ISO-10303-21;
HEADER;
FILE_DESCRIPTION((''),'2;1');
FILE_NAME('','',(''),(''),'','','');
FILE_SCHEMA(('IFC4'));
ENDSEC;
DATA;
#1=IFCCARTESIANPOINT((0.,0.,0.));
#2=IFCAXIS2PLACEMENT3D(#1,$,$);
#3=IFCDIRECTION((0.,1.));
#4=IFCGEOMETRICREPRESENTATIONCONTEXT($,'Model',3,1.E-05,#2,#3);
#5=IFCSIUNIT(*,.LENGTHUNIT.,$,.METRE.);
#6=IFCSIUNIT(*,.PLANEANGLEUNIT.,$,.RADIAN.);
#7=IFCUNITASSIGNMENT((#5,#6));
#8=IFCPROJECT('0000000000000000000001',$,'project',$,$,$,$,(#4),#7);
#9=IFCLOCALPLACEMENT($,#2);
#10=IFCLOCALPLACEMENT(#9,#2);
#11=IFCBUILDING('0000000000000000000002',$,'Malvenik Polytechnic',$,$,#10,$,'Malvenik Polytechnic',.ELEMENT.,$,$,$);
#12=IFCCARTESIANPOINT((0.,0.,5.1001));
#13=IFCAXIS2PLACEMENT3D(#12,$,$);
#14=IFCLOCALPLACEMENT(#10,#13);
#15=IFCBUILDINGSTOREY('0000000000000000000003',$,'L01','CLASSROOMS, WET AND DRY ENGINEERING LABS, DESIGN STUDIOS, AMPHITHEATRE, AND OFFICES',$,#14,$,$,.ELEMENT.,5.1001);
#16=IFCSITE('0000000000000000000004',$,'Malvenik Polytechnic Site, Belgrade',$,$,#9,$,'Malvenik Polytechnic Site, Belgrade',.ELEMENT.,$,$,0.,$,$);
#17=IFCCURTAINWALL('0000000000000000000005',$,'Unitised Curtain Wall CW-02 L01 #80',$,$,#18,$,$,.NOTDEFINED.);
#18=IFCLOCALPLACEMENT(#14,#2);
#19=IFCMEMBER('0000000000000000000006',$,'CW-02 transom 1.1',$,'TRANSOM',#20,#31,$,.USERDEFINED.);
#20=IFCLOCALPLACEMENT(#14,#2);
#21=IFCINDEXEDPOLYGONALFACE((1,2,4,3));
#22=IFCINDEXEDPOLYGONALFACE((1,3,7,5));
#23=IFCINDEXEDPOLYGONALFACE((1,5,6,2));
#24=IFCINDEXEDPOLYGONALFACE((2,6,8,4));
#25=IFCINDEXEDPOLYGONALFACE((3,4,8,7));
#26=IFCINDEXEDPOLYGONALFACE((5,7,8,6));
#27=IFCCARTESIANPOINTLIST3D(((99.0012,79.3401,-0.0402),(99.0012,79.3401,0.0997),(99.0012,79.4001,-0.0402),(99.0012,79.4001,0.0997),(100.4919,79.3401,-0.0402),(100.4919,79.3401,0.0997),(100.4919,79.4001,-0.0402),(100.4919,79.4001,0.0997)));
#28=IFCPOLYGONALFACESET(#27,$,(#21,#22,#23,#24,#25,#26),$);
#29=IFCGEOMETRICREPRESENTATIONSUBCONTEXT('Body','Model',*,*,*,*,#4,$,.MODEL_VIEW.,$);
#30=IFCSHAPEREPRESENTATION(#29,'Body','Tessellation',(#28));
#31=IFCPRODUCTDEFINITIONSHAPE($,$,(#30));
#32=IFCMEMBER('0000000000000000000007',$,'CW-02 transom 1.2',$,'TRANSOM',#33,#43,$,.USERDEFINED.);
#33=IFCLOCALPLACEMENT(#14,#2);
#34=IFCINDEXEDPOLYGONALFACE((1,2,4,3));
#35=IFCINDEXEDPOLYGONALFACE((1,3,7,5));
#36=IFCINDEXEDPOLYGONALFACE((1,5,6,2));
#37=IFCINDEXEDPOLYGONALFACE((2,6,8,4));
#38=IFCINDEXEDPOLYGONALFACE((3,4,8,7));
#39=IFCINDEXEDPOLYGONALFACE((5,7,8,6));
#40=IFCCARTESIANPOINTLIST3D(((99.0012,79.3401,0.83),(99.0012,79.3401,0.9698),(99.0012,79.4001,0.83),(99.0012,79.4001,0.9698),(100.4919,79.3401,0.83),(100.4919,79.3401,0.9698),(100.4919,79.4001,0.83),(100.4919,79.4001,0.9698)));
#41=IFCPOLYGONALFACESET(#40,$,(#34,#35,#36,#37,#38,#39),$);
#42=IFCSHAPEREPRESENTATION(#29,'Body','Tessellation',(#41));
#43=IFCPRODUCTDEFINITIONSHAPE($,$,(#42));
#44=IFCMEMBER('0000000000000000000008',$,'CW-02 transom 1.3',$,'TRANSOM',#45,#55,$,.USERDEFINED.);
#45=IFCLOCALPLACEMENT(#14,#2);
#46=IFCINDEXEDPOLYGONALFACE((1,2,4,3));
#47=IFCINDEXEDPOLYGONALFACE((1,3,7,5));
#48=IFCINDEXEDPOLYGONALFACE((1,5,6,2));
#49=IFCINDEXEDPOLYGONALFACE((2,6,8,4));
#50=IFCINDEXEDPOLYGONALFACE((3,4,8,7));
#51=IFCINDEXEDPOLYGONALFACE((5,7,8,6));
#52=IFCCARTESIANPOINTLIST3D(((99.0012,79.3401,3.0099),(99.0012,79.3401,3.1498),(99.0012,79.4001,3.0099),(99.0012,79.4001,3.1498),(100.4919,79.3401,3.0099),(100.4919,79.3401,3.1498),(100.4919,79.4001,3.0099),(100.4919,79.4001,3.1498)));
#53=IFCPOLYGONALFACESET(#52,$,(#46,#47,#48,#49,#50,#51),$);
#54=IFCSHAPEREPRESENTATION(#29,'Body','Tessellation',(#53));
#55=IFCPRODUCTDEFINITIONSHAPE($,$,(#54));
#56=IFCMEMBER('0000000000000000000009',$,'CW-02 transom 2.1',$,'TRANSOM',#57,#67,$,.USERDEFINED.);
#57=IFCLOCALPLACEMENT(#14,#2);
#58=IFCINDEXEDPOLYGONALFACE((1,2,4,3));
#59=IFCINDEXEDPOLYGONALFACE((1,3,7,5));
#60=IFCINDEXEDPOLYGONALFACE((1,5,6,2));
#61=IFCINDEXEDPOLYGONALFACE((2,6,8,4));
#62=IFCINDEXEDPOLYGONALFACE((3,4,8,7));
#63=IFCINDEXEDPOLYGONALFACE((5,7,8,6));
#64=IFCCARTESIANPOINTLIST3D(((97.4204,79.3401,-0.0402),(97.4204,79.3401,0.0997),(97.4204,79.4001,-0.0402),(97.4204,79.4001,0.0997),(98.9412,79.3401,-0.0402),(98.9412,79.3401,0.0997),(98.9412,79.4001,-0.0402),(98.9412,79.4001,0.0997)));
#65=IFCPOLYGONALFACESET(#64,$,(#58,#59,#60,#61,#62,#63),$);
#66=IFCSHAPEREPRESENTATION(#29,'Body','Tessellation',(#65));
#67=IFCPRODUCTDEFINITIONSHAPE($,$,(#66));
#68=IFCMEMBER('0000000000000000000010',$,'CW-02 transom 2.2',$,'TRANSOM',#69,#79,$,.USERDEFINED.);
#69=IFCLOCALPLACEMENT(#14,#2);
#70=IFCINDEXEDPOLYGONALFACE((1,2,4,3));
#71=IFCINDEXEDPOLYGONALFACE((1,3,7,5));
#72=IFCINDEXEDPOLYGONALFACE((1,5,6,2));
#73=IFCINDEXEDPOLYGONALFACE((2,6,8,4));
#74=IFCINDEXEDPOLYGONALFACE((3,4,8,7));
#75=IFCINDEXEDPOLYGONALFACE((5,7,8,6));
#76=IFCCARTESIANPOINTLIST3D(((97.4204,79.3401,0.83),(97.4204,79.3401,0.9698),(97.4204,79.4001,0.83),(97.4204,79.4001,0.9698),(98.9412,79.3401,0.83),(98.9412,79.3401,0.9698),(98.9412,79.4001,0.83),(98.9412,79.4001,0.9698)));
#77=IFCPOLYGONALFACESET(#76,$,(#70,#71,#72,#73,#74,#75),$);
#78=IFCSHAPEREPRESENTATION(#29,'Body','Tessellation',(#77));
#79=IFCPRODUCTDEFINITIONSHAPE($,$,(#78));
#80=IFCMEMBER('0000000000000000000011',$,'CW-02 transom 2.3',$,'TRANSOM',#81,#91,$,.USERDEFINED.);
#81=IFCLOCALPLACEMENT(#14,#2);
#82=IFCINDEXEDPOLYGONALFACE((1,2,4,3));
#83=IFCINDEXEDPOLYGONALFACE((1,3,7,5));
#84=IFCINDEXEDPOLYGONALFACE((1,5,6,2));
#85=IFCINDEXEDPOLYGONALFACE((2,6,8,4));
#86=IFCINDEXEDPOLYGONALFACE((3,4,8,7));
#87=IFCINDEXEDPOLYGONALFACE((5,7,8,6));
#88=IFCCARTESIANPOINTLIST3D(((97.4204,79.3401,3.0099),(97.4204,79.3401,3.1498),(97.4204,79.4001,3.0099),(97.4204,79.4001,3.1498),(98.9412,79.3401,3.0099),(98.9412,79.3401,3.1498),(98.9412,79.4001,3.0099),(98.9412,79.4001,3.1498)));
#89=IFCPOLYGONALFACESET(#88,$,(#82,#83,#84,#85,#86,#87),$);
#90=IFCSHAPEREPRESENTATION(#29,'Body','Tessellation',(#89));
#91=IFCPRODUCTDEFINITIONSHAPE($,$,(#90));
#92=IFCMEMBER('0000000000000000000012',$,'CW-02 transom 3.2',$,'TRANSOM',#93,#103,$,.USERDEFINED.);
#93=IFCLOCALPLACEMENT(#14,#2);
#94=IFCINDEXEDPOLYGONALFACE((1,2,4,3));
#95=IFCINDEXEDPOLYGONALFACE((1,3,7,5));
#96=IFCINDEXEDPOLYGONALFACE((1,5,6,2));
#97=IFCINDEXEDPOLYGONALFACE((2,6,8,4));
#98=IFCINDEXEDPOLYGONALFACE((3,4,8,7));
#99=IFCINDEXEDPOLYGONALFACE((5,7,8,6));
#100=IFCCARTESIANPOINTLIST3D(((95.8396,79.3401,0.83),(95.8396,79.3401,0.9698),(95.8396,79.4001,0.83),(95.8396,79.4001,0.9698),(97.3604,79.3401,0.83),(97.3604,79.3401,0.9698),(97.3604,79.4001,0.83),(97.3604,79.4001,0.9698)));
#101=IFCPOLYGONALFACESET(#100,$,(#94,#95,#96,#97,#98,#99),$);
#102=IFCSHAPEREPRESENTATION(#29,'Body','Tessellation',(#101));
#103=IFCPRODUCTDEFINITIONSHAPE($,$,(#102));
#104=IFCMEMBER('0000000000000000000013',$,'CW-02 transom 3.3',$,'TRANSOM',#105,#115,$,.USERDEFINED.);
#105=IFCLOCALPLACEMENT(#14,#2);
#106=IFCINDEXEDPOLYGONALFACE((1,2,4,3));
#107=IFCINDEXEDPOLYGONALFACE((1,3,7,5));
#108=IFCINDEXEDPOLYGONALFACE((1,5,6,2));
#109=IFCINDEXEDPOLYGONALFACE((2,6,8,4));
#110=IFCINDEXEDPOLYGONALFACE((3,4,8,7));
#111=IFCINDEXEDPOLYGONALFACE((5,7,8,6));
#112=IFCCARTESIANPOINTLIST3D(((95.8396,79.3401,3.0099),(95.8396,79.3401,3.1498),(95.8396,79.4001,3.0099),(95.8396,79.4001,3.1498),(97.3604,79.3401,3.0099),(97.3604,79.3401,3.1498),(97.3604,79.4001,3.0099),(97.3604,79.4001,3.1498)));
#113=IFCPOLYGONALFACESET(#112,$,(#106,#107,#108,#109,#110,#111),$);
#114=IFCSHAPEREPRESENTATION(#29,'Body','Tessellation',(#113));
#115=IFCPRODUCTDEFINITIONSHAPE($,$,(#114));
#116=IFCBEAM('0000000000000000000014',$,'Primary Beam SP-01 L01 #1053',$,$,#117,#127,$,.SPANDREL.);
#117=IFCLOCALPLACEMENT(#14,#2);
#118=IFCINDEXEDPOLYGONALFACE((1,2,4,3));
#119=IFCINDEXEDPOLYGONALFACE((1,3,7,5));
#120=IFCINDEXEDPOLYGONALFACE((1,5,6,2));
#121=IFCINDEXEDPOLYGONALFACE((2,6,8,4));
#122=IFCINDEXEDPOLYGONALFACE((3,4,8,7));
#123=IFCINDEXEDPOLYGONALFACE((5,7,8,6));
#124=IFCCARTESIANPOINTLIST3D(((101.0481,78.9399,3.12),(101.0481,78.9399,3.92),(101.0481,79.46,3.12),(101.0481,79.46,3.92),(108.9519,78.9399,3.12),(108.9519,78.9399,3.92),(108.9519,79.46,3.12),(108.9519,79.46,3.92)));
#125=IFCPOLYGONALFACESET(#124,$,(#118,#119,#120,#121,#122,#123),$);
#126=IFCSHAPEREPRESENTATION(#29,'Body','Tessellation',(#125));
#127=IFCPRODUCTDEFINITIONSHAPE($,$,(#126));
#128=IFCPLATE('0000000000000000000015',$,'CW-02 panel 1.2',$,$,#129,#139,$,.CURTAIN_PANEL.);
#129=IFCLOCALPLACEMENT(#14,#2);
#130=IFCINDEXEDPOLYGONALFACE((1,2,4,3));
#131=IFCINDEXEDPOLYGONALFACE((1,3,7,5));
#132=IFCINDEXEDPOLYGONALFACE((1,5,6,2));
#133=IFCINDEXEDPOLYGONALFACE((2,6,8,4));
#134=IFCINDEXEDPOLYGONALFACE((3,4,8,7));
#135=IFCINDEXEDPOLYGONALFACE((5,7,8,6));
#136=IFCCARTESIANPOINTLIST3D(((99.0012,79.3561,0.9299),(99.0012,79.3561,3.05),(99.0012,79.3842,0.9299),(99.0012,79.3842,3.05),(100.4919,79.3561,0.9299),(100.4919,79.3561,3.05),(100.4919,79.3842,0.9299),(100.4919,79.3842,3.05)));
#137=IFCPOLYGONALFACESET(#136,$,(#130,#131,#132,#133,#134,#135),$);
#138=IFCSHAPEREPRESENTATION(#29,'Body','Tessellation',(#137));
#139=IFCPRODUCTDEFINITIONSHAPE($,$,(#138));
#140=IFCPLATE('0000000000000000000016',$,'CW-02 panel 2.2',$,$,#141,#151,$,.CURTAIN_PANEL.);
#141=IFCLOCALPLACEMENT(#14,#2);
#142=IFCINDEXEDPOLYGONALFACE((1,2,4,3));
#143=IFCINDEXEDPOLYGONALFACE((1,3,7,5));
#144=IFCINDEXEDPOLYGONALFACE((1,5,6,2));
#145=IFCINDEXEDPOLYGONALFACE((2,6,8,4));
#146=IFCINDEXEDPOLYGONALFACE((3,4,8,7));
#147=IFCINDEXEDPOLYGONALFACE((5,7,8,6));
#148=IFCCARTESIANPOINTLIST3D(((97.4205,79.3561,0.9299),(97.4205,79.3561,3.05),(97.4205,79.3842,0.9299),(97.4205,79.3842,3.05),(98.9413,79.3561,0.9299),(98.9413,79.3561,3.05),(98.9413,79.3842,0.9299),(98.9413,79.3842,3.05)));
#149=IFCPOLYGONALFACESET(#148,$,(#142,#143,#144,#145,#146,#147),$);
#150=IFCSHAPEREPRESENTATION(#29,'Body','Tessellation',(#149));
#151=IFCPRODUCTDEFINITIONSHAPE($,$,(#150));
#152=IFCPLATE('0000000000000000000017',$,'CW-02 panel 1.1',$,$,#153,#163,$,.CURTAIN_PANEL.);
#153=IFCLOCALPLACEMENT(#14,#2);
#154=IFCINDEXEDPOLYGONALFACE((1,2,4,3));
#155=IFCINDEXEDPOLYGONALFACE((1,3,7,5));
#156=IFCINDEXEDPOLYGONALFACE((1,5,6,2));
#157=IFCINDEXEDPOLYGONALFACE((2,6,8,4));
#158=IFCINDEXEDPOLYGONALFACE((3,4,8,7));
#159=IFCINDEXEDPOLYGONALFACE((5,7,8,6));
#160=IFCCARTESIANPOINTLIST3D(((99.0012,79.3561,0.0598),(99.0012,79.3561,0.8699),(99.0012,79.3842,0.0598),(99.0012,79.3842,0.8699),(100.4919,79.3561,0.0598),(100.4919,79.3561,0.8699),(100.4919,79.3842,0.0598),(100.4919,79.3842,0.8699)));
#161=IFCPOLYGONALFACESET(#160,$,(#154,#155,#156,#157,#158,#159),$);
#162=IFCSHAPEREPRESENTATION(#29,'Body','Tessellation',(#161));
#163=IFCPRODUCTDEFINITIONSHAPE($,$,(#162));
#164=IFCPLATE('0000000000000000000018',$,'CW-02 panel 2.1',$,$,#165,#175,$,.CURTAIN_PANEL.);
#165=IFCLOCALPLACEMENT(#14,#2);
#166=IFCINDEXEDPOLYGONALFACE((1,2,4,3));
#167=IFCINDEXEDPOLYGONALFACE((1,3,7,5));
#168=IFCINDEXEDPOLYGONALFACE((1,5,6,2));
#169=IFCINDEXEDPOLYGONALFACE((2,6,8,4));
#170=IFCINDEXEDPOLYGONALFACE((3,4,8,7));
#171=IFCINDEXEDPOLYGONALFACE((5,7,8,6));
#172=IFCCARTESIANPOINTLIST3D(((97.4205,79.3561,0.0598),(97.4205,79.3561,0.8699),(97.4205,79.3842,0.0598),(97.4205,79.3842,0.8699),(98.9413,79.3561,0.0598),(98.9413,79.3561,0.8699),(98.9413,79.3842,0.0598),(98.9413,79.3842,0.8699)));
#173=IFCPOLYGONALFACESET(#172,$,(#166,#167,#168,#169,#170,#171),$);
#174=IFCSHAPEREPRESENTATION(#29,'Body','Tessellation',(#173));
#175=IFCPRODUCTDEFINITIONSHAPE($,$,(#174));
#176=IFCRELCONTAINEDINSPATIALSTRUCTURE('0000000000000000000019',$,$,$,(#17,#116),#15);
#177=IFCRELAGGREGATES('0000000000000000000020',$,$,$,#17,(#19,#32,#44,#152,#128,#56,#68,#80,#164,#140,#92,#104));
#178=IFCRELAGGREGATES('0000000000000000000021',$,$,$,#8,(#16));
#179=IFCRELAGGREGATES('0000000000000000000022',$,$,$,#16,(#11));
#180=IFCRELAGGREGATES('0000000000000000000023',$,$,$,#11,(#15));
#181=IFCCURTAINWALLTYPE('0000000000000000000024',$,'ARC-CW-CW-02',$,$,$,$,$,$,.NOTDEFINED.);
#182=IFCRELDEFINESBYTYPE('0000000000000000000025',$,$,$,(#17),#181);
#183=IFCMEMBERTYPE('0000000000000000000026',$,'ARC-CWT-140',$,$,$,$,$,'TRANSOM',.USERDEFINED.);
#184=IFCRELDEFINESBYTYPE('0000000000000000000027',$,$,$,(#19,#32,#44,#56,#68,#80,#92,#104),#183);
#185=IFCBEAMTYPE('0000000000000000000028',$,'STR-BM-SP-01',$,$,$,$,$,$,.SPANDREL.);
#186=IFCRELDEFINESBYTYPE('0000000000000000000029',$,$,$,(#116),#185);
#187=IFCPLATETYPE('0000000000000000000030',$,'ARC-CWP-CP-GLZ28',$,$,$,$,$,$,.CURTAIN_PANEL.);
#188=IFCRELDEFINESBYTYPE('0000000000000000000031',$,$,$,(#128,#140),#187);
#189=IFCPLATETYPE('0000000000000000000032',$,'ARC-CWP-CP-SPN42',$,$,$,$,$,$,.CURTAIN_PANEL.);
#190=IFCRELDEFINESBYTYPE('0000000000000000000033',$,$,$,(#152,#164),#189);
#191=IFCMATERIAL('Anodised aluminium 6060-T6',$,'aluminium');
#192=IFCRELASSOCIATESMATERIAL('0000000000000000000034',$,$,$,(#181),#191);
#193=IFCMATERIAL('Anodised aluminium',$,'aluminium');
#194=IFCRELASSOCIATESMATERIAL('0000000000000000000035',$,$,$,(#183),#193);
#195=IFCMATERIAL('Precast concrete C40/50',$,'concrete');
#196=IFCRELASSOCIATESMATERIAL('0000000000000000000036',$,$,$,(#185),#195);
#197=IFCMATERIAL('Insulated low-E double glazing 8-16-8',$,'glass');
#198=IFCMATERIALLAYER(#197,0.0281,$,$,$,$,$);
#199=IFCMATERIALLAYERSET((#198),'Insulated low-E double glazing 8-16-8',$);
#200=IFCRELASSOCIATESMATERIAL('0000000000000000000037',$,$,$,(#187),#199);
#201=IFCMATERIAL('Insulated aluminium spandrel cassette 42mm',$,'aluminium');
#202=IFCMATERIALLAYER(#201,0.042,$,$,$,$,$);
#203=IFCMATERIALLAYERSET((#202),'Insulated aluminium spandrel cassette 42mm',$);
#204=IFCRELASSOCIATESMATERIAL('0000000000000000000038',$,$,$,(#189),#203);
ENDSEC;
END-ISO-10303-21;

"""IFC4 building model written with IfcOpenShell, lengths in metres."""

from ifc_helpers import new_model, si_unit, direction, frame, origin, origin_2d, place, context, subcontext, project, spatial, rectangle, extrude, material, layer, layer_set, material_profile, profile_set, type_object, element, aggregate, save


model = new_model("IFC4")

# Units and contexts
model_context = context("Model", 3, precision=1e-05, world=origin(), true_north=direction((0.0, 1.0)))
body_context = subcontext(model_context, "Body", "Model", "MODEL_VIEW")
ifc_project = project(units=[si_unit("LENGTHUNIT", "METRE"), si_unit("PLANEANGLEUNIT", "RADIAN")], contexts=[model_context])

# Site, building, storey
site_placement = place(None, origin())
site = spatial("IfcSite", under=ifc_project, at=site_placement, Name="Malvenik Polytechnic Site, Belgrade", LongName="Malvenik Polytechnic Site, Belgrade", CompositionType="ELEMENT", RefElevation=0.0)
building_placement = place(site_placement, origin())
building = spatial("IfcBuilding", under=site, at=building_placement, Name="Malvenik Polytechnic", LongName="Malvenik Polytechnic", CompositionType="ELEMENT")
storey_placement = place(building_placement, frame((0.0, 0.0, 5.1001)))
storey = spatial("IfcBuildingStorey", under=building, at=storey_placement, Name="L01", Description="CLASSROOMS, WET AND DRY ENGINEERING LABS, DESIGN STUDIOS, AMPHITHEATRE, AND OFFICES", CompositionType="ELEMENT", Elevation=5.1001)

# Curtain wall, members
ifc_material_1 = material(Name="Anodised aluminium 6060-T6", Category="aluminium")
curtain_wall_type = type_object("IfcCurtainWallType", Name="ARC-CW-CW-02", PredefinedType="NOTDEFINED", material=ifc_material_1)
curtain_wall_placement = place(storey_placement, origin())
curtain_wall = element("IfcCurtainWall", 1, at=curtain_wall_placement, inside=storey, type_object=curtain_wall_type, Name="Unitised Curtain Wall CW-02 L01 #80", PredefinedType="NOTDEFINED")
ifc_material_2 = material(Name="Anodised aluminium", Category="aluminium")
ifc_material_profile_1 = material_profile(ifc_material_2, rectangle(XDim=0.0601, YDim=0.1399, at=origin_2d()), Name="ALU TRANSOM 60x140")
ifc_profile_set_1 = profile_set([ifc_material_profile_1], Name="Anodised aluminium")
member_type_1 = type_object("IfcMemberType", Name="ARC-CWT-140", ElementType="TRANSOM", PredefinedType="USERDEFINED", material=ifc_profile_set_1)
member_1_placement = place(storey_placement, frame((100.4919, 79.3701, 0.0298), z_axis=(-1.0, 0.0, 0.0), x_axis=(0.0, -1.0, 0.0)))
member_1 = element("IfcMember", 2, at=member_1_placement, type_object=member_type_1, Name="CW-02 transom 1.1", ObjectType="TRANSOM", PredefinedType="USERDEFINED", context=body_context, shape_type="SweptSolid", body=[
    extrude(rectangle(XDim=0.0601, YDim=0.1399, at=origin_2d()), origin(), (0.0, 0.0, 1.0), 1.4907),
])
member_2_placement = place(storey_placement, frame((100.4919, 79.3701, 0.8999), z_axis=(-1.0, 0.0, 0.0), x_axis=(0.0, -1.0, 0.0)))
member_2 = element("IfcMember", 3, at=member_2_placement, type_object=member_type_1, Name="CW-02 transom 1.2", ObjectType="TRANSOM", PredefinedType="USERDEFINED", context=body_context, shape_type="SweptSolid", body=[
    extrude(rectangle(XDim=0.0601, YDim=0.1399, at=origin_2d()), origin(), (0.0, 0.0, 1.0), 1.4907),
])
member_3_placement = place(storey_placement, frame((100.4919, 79.3701, 3.0798), z_axis=(-1.0, 0.0, 0.0), x_axis=(0.0, -1.0, 0.0)))
member_3 = element("IfcMember", 4, at=member_3_placement, type_object=member_type_1, Name="CW-02 transom 1.3", ObjectType="TRANSOM", PredefinedType="USERDEFINED", context=body_context, shape_type="SweptSolid", body=[
    extrude(rectangle(XDim=0.0601, YDim=0.1399, at=origin_2d()), origin(), (0.0, 0.0, 1.0), 1.4907),
])
member_4_placement = place(storey_placement, frame((98.9412, 79.3701, 0.0298), z_axis=(-1.0, 0.0, 0.0), x_axis=(0.0, -1.0, 0.0)))
member_4 = element("IfcMember", 5, at=member_4_placement, type_object=member_type_1, Name="CW-02 transom 2.1", ObjectType="TRANSOM", PredefinedType="USERDEFINED", context=body_context, shape_type="SweptSolid", body=[
    extrude(rectangle(XDim=0.0601, YDim=0.1399, at=origin_2d()), origin(), (0.0, 0.0, 1.0), 1.5208),
])
member_5_placement = place(storey_placement, frame((98.9412, 79.3701, 0.8999), z_axis=(-1.0, 0.0, 0.0), x_axis=(0.0, -1.0, 0.0)))
member_5 = element("IfcMember", 6, at=member_5_placement, type_object=member_type_1, Name="CW-02 transom 2.2", ObjectType="TRANSOM", PredefinedType="USERDEFINED", context=body_context, shape_type="SweptSolid", body=[
    extrude(rectangle(XDim=0.0601, YDim=0.1399, at=origin_2d()), origin(), (0.0, 0.0, 1.0), 1.5208),
])
member_6_placement = place(storey_placement, frame((98.9412, 79.3701, 3.0798), z_axis=(-1.0, 0.0, 0.0), x_axis=(0.0, -1.0, 0.0)))
member_6 = element("IfcMember", 7, at=member_6_placement, type_object=member_type_1, Name="CW-02 transom 2.3", ObjectType="TRANSOM", PredefinedType="USERDEFINED", context=body_context, shape_type="SweptSolid", body=[
    extrude(rectangle(XDim=0.0601, YDim=0.1399, at=origin_2d()), origin(), (0.0, 0.0, 1.0), 1.5208),
])
member_7_placement = place(storey_placement, frame((97.3604, 79.3701, 0.8999), z_axis=(-1.0, 0.0, 0.0), x_axis=(0.0, -1.0, 0.0)))
member_7 = element("IfcMember", 8, at=member_7_placement, type_object=member_type_1, Name="CW-02 transom 3.2", ObjectType="TRANSOM", PredefinedType="USERDEFINED", context=body_context, shape_type="SweptSolid", body=[
    extrude(rectangle(XDim=0.0601, YDim=0.1399, at=origin_2d()), origin(), (0.0, 0.0, 1.0), 1.5208),
])
member_8_placement = place(storey_placement, frame((97.3604, 79.3701, 3.0798), z_axis=(-1.0, 0.0, 0.0), x_axis=(0.0, -1.0, 0.0)))
member_8 = element("IfcMember", 9, at=member_8_placement, type_object=member_type_1, Name="CW-02 transom 3.3", ObjectType="TRANSOM", PredefinedType="USERDEFINED", context=body_context, shape_type="SweptSolid", body=[
    extrude(rectangle(XDim=0.0601, YDim=0.1399, at=origin_2d()), origin(), (0.0, 0.0, 1.0), 1.5208),
])

# Beam
ifc_material_3 = material(Name="Precast concrete C40/50", Category="concrete")
ifc_material_profile_2 = material_profile(ifc_material_3, rectangle(XDim=0.52, YDim=0.8, at=origin_2d()), Name="PC SPN 520x800")
ifc_profile_set_2 = profile_set([ifc_material_profile_2], Name="Precast concrete C40/50")
beam_type = type_object("IfcBeamType", Name="STR-BM-SP-01", PredefinedType="SPANDREL", material=ifc_profile_set_2)
beam_placement = place(storey_placement, frame((101.0481, 79.2, 3.52), z_axis=(1.0, 0.0, 0.0), x_axis=(0.0, 1.0, 0.0)))
element("IfcBeam", 10, at=beam_placement, inside=storey, type_object=beam_type, Name="Primary Beam SP-01 L01 #1053", PredefinedType="SPANDREL", context=body_context, shape_type="SweptSolid", body=[
    extrude(rectangle(XDim=0.52, YDim=0.8, at=origin_2d()), origin(), (0.0, 0.0, 1.0), 7.9038),
])

# Plates
ifc_material_4 = material(Name="Insulated low-E double glazing 8-16-8", Category="glass")
ifc_layer_1 = layer(ifc_material_4, 0.0281)
ifc_layer_set_1 = layer_set([ifc_layer_1], Name="Insulated low-E double glazing 8-16-8")
plate_type_1 = type_object("IfcPlateType", Name="ARC-CWP-CP-GLZ28", PredefinedType="CURTAIN_PANEL", material=ifc_layer_set_1)
plate_1_placement = place(storey_placement, frame((99.7466, 79.3701, 0.9299), z_axis=(0.0, 0.0, 1.0), x_axis=(-1.0, 0.0, 0.0)))
plate_1 = element("IfcPlate", 11, at=plate_1_placement, type_object=plate_type_1, Name="CW-02 panel 1.2", PredefinedType="CURTAIN_PANEL", context=body_context, shape_type="SweptSolid", body=[
    extrude(rectangle(XDim=1.4907, YDim=0.0281, at=origin_2d()), origin(), (0.0, 0.0, 1.0), 2.1201),
])
plate_2_placement = place(storey_placement, frame((98.1809, 79.3701, 0.9299), z_axis=(0.0, 0.0, 1.0), x_axis=(-1.0, 0.0, 0.0)))
plate_2 = element("IfcPlate", 12, at=plate_2_placement, type_object=plate_type_1, Name="CW-02 panel 2.2", PredefinedType="CURTAIN_PANEL", context=body_context, shape_type="SweptSolid", body=[
    extrude(rectangle(XDim=1.5208, YDim=0.0281, at=origin_2d()), origin(), (0.0, 0.0, 1.0), 2.1201),
])
ifc_material_5 = material(Name="Insulated aluminium spandrel cassette 42mm", Category="aluminium")
ifc_layer_2 = layer(ifc_material_5, 0.042)
ifc_layer_set_2 = layer_set([ifc_layer_2], Name="Insulated aluminium spandrel cassette 42mm")
plate_type_2 = type_object("IfcPlateType", Name="ARC-CWP-CP-SPN42", PredefinedType="CURTAIN_PANEL", material=ifc_layer_set_2)
plate_3_placement = place(storey_placement, frame((99.7466, 79.3701, 0.0598), z_axis=(0.0, 0.0, 1.0), x_axis=(-1.0, 0.0, 0.0)))
plate_3 = element("IfcPlate", 13, at=plate_3_placement, type_object=plate_type_2, Name="CW-02 panel 1.1", PredefinedType="CURTAIN_PANEL", context=body_context, shape_type="SweptSolid", body=[
    extrude(rectangle(XDim=1.4907, YDim=0.0281, at=origin_2d()), origin(), (0.0, 0.0, 1.0), 0.8101),
])
plate_4_placement = place(storey_placement, frame((98.1809, 79.3701, 0.0598), z_axis=(0.0, 0.0, 1.0), x_axis=(-1.0, 0.0, 0.0)))
plate_4 = element("IfcPlate", 14, at=plate_4_placement, type_object=plate_type_2, Name="CW-02 panel 2.1", PredefinedType="CURTAIN_PANEL", context=body_context, shape_type="SweptSolid", body=[
    extrude(rectangle(XDim=1.5208, YDim=0.0281, at=origin_2d()), origin(), (0.0, 0.0, 1.0), 0.8101),
])
aggregate(curtain_wall, [member_1, member_2, member_3, plate_3, plate_1, member_4, member_5, member_6, plate_4, plate_2, member_7, member_8])

save(model, "model.ifc")
